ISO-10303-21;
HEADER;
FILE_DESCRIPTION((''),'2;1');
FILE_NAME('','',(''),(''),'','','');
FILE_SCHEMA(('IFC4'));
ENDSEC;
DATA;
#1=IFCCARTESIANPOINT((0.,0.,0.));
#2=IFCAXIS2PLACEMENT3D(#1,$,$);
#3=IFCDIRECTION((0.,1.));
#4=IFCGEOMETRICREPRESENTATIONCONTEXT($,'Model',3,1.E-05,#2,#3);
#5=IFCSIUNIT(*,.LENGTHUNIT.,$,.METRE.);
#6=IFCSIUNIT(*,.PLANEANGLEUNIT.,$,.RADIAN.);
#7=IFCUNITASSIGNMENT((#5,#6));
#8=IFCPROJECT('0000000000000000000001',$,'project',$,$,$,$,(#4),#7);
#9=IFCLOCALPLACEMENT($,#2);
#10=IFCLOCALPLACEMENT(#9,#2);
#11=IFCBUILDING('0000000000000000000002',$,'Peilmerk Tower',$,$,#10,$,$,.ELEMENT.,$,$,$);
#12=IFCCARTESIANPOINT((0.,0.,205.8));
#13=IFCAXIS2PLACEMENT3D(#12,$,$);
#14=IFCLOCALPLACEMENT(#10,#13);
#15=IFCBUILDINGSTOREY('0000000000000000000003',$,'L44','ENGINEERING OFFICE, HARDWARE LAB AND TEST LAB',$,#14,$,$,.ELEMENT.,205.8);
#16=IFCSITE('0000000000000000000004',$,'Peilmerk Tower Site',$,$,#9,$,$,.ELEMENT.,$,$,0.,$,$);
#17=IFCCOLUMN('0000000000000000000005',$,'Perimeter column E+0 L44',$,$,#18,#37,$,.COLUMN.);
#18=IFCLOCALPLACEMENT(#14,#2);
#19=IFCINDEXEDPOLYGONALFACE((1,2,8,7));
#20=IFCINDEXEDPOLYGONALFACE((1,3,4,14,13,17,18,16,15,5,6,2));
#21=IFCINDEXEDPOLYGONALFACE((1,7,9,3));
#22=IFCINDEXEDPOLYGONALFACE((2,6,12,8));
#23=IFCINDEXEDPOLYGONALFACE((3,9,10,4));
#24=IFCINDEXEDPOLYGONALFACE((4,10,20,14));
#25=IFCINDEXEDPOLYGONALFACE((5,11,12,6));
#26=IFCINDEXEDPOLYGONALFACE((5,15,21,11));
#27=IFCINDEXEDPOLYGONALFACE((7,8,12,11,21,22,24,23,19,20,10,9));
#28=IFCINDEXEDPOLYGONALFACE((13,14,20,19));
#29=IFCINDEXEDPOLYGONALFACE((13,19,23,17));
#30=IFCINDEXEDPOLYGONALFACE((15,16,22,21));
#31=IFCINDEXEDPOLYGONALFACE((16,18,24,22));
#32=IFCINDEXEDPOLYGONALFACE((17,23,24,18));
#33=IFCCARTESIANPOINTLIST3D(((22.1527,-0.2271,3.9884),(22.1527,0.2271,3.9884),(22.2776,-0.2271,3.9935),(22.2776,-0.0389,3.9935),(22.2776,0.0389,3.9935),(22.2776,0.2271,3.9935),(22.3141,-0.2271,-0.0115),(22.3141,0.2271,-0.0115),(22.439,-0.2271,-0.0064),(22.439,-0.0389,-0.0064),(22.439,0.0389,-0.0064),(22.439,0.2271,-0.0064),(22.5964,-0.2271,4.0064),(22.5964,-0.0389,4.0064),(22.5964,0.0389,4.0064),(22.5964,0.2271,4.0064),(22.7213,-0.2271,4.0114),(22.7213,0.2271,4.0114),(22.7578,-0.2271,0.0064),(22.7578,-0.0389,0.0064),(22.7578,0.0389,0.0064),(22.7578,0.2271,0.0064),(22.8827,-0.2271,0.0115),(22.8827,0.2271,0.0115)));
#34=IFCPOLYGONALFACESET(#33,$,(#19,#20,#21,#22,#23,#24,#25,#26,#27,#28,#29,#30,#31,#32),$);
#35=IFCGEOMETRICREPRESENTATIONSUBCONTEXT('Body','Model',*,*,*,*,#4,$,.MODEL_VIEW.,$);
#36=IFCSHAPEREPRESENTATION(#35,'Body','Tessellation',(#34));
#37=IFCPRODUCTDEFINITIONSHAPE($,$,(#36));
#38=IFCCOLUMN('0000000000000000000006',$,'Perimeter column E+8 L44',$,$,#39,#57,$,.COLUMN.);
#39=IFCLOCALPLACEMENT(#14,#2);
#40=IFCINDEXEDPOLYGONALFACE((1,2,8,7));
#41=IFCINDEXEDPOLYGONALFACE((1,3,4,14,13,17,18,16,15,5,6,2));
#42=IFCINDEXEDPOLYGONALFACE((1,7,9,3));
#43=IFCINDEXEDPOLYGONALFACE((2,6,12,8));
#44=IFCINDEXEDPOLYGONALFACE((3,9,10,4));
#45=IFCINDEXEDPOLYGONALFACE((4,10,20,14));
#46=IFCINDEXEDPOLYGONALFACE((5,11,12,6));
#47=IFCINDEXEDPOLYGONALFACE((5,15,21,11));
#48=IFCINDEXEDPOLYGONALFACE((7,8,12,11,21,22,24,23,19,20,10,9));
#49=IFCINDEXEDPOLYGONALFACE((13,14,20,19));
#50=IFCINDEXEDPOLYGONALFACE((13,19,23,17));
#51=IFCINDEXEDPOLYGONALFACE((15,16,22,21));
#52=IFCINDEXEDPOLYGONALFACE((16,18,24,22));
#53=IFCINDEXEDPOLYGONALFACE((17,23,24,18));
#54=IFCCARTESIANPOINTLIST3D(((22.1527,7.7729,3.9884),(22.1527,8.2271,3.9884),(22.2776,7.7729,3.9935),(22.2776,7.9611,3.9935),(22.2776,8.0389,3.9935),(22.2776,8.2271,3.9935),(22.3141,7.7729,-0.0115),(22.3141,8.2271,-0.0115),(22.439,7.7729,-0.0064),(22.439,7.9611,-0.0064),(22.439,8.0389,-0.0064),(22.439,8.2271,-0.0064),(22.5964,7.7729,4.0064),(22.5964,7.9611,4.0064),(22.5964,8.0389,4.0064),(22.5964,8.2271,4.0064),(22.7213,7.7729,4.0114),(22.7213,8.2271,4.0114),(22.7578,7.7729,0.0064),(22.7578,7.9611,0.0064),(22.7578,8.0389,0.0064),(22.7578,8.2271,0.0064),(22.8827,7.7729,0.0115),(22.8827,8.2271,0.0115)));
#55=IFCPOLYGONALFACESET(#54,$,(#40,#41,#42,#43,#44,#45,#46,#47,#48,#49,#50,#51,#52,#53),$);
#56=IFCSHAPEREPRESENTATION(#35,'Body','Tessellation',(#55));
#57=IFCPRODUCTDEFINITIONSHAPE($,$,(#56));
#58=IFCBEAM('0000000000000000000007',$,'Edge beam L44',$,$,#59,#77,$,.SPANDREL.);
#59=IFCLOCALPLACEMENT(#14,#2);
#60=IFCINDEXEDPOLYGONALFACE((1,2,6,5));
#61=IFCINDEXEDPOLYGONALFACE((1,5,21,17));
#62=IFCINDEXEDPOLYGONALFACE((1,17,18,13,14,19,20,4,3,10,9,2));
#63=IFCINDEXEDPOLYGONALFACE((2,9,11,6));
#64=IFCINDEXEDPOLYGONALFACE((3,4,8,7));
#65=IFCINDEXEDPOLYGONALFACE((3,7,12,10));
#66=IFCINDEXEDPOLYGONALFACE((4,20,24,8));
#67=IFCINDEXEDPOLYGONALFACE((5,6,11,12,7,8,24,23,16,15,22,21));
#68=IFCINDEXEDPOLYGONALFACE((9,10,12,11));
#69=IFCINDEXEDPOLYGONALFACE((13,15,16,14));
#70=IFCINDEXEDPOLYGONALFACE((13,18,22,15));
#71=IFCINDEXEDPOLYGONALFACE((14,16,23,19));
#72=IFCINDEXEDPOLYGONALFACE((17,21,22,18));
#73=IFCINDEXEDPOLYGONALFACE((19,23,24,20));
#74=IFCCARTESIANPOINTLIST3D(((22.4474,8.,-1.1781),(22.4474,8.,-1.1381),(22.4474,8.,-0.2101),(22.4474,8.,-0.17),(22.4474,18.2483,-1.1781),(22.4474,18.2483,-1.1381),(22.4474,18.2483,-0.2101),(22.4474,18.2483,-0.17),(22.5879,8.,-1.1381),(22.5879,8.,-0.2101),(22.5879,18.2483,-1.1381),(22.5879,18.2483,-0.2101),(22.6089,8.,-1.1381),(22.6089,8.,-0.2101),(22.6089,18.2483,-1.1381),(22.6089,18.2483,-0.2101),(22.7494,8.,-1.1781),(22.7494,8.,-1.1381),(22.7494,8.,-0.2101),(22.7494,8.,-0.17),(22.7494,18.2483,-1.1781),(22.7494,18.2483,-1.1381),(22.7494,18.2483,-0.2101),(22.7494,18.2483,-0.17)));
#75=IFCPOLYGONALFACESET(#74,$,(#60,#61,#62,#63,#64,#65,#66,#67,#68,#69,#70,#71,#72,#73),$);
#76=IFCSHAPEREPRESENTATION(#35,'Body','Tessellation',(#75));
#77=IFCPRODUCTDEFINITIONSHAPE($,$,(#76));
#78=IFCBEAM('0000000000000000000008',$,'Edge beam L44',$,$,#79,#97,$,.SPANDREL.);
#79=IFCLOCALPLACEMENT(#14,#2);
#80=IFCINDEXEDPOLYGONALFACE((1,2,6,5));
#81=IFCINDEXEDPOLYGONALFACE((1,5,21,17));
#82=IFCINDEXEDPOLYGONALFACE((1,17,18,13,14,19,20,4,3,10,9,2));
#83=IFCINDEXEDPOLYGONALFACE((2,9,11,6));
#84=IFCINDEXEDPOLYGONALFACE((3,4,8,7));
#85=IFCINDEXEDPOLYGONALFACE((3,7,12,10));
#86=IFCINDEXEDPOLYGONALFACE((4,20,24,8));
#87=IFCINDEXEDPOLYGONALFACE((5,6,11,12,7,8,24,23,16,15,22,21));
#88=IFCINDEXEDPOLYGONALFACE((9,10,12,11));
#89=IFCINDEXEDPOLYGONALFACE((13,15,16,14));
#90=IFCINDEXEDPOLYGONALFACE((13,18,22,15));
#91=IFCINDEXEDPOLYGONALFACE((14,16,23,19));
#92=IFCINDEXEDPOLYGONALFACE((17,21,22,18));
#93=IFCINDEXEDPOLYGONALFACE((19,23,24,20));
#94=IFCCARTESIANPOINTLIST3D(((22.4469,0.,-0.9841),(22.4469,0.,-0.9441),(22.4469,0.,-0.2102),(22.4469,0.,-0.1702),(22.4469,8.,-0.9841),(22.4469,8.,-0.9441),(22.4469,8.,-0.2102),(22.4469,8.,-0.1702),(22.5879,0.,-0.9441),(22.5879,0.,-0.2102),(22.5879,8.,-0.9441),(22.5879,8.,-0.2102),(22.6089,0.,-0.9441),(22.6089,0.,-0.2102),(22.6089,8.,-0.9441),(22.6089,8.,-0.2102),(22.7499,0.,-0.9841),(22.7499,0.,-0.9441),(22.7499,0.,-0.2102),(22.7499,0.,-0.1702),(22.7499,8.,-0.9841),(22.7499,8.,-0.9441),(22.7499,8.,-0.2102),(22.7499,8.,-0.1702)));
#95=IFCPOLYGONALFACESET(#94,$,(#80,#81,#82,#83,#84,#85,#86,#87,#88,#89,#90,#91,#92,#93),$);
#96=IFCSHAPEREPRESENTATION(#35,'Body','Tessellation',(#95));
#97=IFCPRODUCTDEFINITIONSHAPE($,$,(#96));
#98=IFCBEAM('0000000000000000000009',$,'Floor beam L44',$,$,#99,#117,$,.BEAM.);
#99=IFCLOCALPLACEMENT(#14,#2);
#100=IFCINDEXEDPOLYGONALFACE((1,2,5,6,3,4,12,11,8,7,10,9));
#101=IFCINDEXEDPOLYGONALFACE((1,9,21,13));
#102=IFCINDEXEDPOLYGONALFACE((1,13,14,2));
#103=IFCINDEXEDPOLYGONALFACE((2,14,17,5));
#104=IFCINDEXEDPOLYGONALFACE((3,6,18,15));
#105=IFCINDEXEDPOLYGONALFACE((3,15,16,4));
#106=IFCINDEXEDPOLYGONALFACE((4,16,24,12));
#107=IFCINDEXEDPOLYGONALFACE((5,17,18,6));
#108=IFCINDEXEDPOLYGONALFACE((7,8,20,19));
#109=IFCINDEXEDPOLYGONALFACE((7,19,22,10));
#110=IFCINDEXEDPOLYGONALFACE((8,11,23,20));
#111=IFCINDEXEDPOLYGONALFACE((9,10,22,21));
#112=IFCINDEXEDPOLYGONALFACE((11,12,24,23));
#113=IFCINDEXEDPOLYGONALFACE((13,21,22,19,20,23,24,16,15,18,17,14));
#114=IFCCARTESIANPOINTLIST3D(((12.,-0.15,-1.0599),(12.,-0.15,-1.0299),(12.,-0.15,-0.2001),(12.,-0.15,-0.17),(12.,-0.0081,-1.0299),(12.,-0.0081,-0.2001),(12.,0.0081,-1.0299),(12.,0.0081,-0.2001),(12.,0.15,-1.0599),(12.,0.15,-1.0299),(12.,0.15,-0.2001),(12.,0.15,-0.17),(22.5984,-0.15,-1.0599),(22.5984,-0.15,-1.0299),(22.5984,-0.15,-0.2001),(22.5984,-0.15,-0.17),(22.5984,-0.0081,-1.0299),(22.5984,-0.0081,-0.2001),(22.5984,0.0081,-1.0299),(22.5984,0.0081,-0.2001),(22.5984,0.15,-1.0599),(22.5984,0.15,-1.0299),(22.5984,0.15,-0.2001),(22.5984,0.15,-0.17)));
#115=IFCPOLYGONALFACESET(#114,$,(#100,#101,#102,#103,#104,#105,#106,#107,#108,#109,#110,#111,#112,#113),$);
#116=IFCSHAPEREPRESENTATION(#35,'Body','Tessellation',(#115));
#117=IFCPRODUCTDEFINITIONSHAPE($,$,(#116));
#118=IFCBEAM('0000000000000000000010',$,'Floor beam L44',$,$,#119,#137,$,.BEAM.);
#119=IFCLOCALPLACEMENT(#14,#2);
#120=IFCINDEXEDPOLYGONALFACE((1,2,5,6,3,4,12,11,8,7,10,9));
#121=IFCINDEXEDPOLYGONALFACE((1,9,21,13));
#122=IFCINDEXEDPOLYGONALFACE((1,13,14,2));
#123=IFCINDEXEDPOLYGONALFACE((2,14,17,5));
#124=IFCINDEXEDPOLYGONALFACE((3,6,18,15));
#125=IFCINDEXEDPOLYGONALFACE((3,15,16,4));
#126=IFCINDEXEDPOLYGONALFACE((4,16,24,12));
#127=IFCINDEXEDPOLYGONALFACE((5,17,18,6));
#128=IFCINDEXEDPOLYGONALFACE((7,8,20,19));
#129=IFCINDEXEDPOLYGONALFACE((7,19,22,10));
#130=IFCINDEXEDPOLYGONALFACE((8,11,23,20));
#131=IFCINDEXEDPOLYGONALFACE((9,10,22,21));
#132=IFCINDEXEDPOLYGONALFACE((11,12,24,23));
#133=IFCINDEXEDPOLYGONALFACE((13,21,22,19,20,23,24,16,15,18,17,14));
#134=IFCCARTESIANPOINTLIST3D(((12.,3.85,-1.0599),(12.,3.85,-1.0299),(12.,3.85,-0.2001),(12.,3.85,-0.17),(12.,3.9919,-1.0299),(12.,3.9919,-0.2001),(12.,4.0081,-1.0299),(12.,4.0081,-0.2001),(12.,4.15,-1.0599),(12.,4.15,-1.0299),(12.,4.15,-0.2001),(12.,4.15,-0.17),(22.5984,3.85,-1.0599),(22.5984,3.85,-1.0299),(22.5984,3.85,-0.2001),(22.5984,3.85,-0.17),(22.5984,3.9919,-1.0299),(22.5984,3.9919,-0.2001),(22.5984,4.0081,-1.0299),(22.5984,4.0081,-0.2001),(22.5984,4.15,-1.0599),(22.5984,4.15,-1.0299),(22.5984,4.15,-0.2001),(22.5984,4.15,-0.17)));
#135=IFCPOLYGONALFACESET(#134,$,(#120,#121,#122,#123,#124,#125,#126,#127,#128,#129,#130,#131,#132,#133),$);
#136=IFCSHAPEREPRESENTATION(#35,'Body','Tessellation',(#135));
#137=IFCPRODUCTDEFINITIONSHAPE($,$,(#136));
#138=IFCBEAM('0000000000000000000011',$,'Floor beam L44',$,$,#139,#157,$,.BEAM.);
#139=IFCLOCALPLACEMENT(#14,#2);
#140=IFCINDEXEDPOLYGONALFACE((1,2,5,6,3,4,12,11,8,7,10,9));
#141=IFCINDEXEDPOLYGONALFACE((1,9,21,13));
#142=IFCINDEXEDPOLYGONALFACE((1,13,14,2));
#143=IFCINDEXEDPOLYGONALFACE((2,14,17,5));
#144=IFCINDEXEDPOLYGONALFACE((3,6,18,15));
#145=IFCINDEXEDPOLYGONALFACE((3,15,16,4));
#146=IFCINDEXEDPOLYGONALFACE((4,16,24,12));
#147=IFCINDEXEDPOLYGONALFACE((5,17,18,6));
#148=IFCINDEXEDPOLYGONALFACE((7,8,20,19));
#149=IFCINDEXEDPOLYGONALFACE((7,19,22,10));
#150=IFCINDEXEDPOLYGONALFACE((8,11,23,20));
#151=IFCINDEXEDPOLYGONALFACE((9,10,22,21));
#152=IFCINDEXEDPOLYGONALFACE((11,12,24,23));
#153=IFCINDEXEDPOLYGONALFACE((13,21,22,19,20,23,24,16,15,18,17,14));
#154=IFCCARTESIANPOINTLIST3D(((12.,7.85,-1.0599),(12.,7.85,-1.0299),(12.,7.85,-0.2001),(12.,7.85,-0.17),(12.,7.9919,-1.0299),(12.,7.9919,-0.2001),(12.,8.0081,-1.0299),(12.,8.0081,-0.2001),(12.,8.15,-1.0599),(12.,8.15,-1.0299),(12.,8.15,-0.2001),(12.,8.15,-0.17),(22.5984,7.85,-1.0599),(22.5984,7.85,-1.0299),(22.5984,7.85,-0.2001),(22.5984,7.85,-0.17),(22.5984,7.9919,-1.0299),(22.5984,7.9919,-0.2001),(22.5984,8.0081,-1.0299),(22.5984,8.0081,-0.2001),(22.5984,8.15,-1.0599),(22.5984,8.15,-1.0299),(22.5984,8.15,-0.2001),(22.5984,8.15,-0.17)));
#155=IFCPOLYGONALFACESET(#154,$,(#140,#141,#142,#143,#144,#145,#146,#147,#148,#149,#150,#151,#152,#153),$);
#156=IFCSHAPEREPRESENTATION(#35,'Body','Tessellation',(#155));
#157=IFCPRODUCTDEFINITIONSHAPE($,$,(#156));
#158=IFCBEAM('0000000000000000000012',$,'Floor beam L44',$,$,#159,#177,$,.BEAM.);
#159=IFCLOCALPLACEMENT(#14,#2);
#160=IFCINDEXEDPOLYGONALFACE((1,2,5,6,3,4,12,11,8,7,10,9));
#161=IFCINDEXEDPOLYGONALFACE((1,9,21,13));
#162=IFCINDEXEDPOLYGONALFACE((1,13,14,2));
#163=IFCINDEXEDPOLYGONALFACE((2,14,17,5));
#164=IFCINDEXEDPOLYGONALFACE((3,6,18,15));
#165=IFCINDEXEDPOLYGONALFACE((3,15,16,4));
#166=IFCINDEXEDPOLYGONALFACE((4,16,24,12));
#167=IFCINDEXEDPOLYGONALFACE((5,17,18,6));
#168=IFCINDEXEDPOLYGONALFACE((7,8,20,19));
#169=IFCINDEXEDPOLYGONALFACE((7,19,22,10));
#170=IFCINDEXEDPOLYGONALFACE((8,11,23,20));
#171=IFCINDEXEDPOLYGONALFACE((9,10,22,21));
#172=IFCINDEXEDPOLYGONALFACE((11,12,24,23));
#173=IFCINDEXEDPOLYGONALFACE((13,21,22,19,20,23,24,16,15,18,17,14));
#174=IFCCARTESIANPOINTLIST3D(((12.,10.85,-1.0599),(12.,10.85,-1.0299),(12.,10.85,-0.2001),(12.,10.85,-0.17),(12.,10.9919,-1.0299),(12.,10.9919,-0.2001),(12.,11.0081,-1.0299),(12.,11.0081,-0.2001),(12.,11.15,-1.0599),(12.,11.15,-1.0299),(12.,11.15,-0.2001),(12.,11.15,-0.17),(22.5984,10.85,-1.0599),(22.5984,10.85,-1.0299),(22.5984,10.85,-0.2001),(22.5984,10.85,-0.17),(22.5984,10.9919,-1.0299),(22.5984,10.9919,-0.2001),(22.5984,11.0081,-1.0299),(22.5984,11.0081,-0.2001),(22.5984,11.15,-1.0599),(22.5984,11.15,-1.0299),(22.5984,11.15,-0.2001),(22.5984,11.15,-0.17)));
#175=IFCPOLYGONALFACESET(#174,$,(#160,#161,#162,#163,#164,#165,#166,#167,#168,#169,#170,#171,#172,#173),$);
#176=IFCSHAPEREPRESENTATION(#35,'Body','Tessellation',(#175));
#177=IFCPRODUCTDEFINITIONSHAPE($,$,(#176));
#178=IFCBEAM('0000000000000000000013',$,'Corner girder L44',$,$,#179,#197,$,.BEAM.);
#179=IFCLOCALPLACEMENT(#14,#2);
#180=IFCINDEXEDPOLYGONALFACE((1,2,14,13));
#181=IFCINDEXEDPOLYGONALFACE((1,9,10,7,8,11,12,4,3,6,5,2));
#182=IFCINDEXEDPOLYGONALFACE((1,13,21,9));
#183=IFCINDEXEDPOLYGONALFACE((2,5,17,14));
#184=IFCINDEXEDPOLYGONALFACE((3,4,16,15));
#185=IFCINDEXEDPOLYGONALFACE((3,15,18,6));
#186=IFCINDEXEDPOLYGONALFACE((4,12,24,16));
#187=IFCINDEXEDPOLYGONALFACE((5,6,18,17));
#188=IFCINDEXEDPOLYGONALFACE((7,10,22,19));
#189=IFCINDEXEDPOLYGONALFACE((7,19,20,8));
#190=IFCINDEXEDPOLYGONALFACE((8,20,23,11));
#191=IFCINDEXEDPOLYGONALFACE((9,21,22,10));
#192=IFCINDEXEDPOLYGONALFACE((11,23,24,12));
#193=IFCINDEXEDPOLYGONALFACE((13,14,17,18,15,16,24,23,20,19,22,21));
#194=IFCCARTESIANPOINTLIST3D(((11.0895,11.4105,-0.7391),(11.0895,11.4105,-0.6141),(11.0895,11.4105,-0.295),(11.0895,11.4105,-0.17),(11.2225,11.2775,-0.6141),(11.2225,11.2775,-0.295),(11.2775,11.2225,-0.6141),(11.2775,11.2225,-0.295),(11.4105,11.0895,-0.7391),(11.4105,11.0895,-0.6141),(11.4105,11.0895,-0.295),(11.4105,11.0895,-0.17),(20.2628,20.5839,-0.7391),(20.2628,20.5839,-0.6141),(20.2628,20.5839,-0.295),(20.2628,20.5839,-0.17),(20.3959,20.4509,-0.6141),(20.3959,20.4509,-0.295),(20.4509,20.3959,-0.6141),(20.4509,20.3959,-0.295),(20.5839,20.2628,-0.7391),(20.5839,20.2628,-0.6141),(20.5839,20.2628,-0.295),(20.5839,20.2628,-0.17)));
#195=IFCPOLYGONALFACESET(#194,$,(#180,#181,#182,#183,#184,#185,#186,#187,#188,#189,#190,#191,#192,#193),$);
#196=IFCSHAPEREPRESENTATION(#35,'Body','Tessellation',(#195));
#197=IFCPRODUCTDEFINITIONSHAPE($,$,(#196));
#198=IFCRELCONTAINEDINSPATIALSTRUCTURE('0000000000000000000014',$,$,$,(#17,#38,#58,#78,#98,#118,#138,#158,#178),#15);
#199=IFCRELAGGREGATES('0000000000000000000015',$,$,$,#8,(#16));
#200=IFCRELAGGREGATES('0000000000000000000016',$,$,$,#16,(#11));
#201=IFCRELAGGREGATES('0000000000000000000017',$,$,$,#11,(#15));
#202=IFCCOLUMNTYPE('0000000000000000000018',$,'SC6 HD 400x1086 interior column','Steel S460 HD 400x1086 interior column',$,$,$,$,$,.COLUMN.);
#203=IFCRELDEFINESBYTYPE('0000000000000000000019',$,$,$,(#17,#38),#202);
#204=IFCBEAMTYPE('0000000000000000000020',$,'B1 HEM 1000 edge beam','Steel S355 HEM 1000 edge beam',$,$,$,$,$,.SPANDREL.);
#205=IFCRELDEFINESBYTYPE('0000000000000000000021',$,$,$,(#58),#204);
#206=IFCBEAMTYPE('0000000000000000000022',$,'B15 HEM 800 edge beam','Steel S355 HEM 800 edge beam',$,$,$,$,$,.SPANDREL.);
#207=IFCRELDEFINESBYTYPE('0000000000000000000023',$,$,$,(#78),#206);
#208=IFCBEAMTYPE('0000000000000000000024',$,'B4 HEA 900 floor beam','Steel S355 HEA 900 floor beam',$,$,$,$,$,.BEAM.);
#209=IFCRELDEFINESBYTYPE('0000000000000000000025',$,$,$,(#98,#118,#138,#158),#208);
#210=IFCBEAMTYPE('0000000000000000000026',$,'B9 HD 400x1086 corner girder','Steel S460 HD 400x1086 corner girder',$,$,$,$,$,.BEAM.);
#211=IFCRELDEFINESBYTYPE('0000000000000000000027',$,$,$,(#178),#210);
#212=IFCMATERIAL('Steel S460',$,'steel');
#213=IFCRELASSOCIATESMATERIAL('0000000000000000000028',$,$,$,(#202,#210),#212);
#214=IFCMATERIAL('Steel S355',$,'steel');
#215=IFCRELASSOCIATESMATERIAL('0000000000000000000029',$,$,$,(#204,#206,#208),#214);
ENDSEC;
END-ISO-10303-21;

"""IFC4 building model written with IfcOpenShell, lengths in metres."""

from ifc_helpers import new_model, si_unit, direction, frame, origin, origin_2d, place, context, subcontext, project, spatial, i_section, extrude, material, material_profile, profile_set, type_object, element, save


model = new_model("IFC4")

# Units and contexts
model_context = context("Model", 3, precision=1e-05, world=origin(), true_north=direction((0.0, 1.0)))
body_context = subcontext(model_context, "Body", "Model", "MODEL_VIEW")
ifc_project = project(units=[si_unit("LENGTHUNIT", "METRE"), si_unit("PLANEANGLEUNIT", "RADIAN")], contexts=[model_context])

# Site, building, storey
site_placement = place(None, origin())
site = spatial("IfcSite", under=ifc_project, at=site_placement, Name="Peilmerk Tower Site", CompositionType="ELEMENT", RefElevation=0.0)
building_placement = place(site_placement, origin())
building = spatial("IfcBuilding", under=site, at=building_placement, Name="Peilmerk Tower", CompositionType="ELEMENT")
storey_placement = place(building_placement, frame((0.0, 0.0, 205.8)))
storey = spatial("IfcBuildingStorey", under=building, at=storey_placement, Name="L44", Description="ENGINEERING OFFICE, HARDWARE LAB AND TEST LAB", CompositionType="ELEMENT", Elevation=205.8)

# Columns
ifc_material_1 = material(Name="Steel S460", Category="steel")
ifc_material_profile_1 = material_profile(ifc_material_1, i_section(OverallWidth=0.4541, OverallDepth=0.5691, WebThickness=0.0779, FlangeThickness=0.125, at=origin_2d()), Name="HD 400x1086")
ifc_profile_set_1 = profile_set([ifc_material_profile_1], Name="Steel S460")
column_type = type_object("IfcColumnType", Name="SC6 HD 400x1086 interior column", Description="Steel S460 HD 400x1086 interior column", PredefinedType="COLUMN", material=ifc_profile_set_1)
for number, where, z_axis, x_axis, name in (
    (1, (22.5984, 0.0, 0.0), (-0.040311, 0.0, 0.999187), (0.0, -1.0, 0.0), "Perimeter column E+0 L44"),
    (2, (22.5984, 8.0, 0.0), (-0.040311, 0.0, 0.999187), (0.0, -1.0, 0.0), "Perimeter column E+8 L44"),
):
    element("IfcColumn", number, at=place(storey_placement, frame(where, z_axis=z_axis, x_axis=x_axis)), inside=storey, type_object=column_type, Name=name, PredefinedType="COLUMN", context=body_context, shape_type="SweptSolid", body=[
        extrude(i_section(OverallWidth=0.4541, OverallDepth=0.5691, WebThickness=0.0779, FlangeThickness=0.125, at=origin_2d()), origin(), (0.0, 0.0, 1.0), 4.0032),
    ])

# Beams
ifc_material_2 = material(Name="Steel S355", Category="steel")
ifc_material_profile_2 = material_profile(ifc_material_2, i_section(OverallWidth=0.302, OverallDepth=1.0081, WebThickness=0.021, FlangeThickness=0.04, at=origin_2d()), Name="HEM 1000")
ifc_profile_set_2 = profile_set([ifc_material_profile_2], Name="Steel S355")
beam_type_1 = type_object("IfcBeamType", Name="B1 HEM 1000 edge beam", Description="Steel S355 HEM 1000 edge beam", PredefinedType="SPANDREL", material=ifc_profile_set_2)
beam_1_placement = place(storey_placement, frame((22.5984, 8.0, -0.6741), z_axis=(0.0, 1.0, 0.0), x_axis=(-1.0, 0.0, 0.0)))
element("IfcBeam", 3, at=beam_1_placement, inside=storey, type_object=beam_type_1, Name="Edge beam L44", PredefinedType="SPANDREL", context=body_context, shape_type="SweptSolid", body=[
    extrude(i_section(OverallWidth=0.302, OverallDepth=1.0081, WebThickness=0.021, FlangeThickness=0.04, at=origin_2d()), origin(), (0.0, 0.0, 1.0), 10.2483),
])
ifc_material_profile_3 = material_profile(ifc_material_2, i_section(OverallWidth=0.303, OverallDepth=0.814, WebThickness=0.021, FlangeThickness=0.04, at=origin_2d()), Name="HEM 800")
ifc_profile_set_3 = profile_set([ifc_material_profile_3], Name="Steel S355")
beam_type_2 = type_object("IfcBeamType", Name="B15 HEM 800 edge beam", Description="Steel S355 HEM 800 edge beam", PredefinedType="SPANDREL", material=ifc_profile_set_3)
beam_2_placement = place(storey_placement, frame((22.5984, 0.0, -0.5771), z_axis=(0.0, 1.0, 0.0), x_axis=(-1.0, 0.0, 0.0)))
element("IfcBeam", 4, at=beam_2_placement, inside=storey, type_object=beam_type_2, Name="Edge beam L44", PredefinedType="SPANDREL", context=body_context, shape_type="SweptSolid", body=[
    extrude(i_section(OverallWidth=0.303, OverallDepth=0.814, WebThickness=0.021, FlangeThickness=0.04, at=origin_2d()), origin(), (0.0, 0.0, 1.0), 8.0),
])
ifc_material_profile_4 = material_profile(ifc_material_2, i_section(OverallWidth=0.3, OverallDepth=0.8899, WebThickness=0.0161, FlangeThickness=0.03, at=origin_2d()), Name="HEA 900")
ifc_profile_set_4 = profile_set([ifc_material_profile_4], Name="Steel S355")
beam_type_3 = type_object("IfcBeamType", Name="B4 HEA 900 floor beam", Description="Steel S355 HEA 900 floor beam", PredefinedType="BEAM", material=ifc_profile_set_4)
for number, where, z_axis, x_axis, name in (
    (5, (12.0, 0.0, -0.615), (1.0, 0.0, 0.0), (0.0, 1.0, 0.0), "Floor beam L44"),
    (6, (12.0, 4.0, -0.615), (1.0, 0.0, 0.0), (0.0, 1.0, 0.0), "Floor beam L44"),
    (7, (12.0, 8.0, -0.615), (1.0, 0.0, 0.0), (0.0, 1.0, 0.0), "Floor beam L44"),
    (8, (12.0, 11.0, -0.615), (1.0, 0.0, 0.0), (0.0, 1.0, 0.0), "Floor beam L44"),
):
    element("IfcBeam", number, at=place(storey_placement, frame(where, z_axis=z_axis, x_axis=x_axis)), inside=storey, type_object=beam_type_3, Name=name, PredefinedType="BEAM", context=body_context, shape_type="SweptSolid", body=[
        extrude(i_section(OverallWidth=0.3, OverallDepth=0.8899, WebThickness=0.0161, FlangeThickness=0.03, at=origin_2d()), origin(), (0.0, 0.0, 1.0), 10.5984),
    ])
ifc_material_profile_5 = material_profile(ifc_material_1, i_section(OverallWidth=0.4541, OverallDepth=0.5691, WebThickness=0.0779, FlangeThickness=0.125, at=origin_2d()), Name="HD 400x1086")
ifc_profile_set_5 = profile_set([ifc_material_profile_5], Name="Steel S460")
beam_type_4 = type_object("IfcBeamType", Name="B9 HD 400x1086 corner girder", Description="Steel S460 HD 400x1086 corner girder", PredefinedType="BEAM", material=ifc_profile_set_5)
beam_3_placement = place(storey_placement, frame((11.25, 11.25, -0.4546), z_axis=(0.707107, 0.707107, 0.0), x_axis=(-0.707107, 0.707107, 0.0)))
element("IfcBeam", 9, at=beam_3_placement, inside=storey, type_object=beam_type_4, Name="Corner girder L44", PredefinedType="BEAM", context=body_context, shape_type="SweptSolid", body=[
    extrude(i_section(OverallWidth=0.4541, OverallDepth=0.5691, WebThickness=0.0779, FlangeThickness=0.125, at=origin_2d()), origin(), (0.0, 0.0, 1.0), 12.9731),
])

save(model, "model.ifc")
